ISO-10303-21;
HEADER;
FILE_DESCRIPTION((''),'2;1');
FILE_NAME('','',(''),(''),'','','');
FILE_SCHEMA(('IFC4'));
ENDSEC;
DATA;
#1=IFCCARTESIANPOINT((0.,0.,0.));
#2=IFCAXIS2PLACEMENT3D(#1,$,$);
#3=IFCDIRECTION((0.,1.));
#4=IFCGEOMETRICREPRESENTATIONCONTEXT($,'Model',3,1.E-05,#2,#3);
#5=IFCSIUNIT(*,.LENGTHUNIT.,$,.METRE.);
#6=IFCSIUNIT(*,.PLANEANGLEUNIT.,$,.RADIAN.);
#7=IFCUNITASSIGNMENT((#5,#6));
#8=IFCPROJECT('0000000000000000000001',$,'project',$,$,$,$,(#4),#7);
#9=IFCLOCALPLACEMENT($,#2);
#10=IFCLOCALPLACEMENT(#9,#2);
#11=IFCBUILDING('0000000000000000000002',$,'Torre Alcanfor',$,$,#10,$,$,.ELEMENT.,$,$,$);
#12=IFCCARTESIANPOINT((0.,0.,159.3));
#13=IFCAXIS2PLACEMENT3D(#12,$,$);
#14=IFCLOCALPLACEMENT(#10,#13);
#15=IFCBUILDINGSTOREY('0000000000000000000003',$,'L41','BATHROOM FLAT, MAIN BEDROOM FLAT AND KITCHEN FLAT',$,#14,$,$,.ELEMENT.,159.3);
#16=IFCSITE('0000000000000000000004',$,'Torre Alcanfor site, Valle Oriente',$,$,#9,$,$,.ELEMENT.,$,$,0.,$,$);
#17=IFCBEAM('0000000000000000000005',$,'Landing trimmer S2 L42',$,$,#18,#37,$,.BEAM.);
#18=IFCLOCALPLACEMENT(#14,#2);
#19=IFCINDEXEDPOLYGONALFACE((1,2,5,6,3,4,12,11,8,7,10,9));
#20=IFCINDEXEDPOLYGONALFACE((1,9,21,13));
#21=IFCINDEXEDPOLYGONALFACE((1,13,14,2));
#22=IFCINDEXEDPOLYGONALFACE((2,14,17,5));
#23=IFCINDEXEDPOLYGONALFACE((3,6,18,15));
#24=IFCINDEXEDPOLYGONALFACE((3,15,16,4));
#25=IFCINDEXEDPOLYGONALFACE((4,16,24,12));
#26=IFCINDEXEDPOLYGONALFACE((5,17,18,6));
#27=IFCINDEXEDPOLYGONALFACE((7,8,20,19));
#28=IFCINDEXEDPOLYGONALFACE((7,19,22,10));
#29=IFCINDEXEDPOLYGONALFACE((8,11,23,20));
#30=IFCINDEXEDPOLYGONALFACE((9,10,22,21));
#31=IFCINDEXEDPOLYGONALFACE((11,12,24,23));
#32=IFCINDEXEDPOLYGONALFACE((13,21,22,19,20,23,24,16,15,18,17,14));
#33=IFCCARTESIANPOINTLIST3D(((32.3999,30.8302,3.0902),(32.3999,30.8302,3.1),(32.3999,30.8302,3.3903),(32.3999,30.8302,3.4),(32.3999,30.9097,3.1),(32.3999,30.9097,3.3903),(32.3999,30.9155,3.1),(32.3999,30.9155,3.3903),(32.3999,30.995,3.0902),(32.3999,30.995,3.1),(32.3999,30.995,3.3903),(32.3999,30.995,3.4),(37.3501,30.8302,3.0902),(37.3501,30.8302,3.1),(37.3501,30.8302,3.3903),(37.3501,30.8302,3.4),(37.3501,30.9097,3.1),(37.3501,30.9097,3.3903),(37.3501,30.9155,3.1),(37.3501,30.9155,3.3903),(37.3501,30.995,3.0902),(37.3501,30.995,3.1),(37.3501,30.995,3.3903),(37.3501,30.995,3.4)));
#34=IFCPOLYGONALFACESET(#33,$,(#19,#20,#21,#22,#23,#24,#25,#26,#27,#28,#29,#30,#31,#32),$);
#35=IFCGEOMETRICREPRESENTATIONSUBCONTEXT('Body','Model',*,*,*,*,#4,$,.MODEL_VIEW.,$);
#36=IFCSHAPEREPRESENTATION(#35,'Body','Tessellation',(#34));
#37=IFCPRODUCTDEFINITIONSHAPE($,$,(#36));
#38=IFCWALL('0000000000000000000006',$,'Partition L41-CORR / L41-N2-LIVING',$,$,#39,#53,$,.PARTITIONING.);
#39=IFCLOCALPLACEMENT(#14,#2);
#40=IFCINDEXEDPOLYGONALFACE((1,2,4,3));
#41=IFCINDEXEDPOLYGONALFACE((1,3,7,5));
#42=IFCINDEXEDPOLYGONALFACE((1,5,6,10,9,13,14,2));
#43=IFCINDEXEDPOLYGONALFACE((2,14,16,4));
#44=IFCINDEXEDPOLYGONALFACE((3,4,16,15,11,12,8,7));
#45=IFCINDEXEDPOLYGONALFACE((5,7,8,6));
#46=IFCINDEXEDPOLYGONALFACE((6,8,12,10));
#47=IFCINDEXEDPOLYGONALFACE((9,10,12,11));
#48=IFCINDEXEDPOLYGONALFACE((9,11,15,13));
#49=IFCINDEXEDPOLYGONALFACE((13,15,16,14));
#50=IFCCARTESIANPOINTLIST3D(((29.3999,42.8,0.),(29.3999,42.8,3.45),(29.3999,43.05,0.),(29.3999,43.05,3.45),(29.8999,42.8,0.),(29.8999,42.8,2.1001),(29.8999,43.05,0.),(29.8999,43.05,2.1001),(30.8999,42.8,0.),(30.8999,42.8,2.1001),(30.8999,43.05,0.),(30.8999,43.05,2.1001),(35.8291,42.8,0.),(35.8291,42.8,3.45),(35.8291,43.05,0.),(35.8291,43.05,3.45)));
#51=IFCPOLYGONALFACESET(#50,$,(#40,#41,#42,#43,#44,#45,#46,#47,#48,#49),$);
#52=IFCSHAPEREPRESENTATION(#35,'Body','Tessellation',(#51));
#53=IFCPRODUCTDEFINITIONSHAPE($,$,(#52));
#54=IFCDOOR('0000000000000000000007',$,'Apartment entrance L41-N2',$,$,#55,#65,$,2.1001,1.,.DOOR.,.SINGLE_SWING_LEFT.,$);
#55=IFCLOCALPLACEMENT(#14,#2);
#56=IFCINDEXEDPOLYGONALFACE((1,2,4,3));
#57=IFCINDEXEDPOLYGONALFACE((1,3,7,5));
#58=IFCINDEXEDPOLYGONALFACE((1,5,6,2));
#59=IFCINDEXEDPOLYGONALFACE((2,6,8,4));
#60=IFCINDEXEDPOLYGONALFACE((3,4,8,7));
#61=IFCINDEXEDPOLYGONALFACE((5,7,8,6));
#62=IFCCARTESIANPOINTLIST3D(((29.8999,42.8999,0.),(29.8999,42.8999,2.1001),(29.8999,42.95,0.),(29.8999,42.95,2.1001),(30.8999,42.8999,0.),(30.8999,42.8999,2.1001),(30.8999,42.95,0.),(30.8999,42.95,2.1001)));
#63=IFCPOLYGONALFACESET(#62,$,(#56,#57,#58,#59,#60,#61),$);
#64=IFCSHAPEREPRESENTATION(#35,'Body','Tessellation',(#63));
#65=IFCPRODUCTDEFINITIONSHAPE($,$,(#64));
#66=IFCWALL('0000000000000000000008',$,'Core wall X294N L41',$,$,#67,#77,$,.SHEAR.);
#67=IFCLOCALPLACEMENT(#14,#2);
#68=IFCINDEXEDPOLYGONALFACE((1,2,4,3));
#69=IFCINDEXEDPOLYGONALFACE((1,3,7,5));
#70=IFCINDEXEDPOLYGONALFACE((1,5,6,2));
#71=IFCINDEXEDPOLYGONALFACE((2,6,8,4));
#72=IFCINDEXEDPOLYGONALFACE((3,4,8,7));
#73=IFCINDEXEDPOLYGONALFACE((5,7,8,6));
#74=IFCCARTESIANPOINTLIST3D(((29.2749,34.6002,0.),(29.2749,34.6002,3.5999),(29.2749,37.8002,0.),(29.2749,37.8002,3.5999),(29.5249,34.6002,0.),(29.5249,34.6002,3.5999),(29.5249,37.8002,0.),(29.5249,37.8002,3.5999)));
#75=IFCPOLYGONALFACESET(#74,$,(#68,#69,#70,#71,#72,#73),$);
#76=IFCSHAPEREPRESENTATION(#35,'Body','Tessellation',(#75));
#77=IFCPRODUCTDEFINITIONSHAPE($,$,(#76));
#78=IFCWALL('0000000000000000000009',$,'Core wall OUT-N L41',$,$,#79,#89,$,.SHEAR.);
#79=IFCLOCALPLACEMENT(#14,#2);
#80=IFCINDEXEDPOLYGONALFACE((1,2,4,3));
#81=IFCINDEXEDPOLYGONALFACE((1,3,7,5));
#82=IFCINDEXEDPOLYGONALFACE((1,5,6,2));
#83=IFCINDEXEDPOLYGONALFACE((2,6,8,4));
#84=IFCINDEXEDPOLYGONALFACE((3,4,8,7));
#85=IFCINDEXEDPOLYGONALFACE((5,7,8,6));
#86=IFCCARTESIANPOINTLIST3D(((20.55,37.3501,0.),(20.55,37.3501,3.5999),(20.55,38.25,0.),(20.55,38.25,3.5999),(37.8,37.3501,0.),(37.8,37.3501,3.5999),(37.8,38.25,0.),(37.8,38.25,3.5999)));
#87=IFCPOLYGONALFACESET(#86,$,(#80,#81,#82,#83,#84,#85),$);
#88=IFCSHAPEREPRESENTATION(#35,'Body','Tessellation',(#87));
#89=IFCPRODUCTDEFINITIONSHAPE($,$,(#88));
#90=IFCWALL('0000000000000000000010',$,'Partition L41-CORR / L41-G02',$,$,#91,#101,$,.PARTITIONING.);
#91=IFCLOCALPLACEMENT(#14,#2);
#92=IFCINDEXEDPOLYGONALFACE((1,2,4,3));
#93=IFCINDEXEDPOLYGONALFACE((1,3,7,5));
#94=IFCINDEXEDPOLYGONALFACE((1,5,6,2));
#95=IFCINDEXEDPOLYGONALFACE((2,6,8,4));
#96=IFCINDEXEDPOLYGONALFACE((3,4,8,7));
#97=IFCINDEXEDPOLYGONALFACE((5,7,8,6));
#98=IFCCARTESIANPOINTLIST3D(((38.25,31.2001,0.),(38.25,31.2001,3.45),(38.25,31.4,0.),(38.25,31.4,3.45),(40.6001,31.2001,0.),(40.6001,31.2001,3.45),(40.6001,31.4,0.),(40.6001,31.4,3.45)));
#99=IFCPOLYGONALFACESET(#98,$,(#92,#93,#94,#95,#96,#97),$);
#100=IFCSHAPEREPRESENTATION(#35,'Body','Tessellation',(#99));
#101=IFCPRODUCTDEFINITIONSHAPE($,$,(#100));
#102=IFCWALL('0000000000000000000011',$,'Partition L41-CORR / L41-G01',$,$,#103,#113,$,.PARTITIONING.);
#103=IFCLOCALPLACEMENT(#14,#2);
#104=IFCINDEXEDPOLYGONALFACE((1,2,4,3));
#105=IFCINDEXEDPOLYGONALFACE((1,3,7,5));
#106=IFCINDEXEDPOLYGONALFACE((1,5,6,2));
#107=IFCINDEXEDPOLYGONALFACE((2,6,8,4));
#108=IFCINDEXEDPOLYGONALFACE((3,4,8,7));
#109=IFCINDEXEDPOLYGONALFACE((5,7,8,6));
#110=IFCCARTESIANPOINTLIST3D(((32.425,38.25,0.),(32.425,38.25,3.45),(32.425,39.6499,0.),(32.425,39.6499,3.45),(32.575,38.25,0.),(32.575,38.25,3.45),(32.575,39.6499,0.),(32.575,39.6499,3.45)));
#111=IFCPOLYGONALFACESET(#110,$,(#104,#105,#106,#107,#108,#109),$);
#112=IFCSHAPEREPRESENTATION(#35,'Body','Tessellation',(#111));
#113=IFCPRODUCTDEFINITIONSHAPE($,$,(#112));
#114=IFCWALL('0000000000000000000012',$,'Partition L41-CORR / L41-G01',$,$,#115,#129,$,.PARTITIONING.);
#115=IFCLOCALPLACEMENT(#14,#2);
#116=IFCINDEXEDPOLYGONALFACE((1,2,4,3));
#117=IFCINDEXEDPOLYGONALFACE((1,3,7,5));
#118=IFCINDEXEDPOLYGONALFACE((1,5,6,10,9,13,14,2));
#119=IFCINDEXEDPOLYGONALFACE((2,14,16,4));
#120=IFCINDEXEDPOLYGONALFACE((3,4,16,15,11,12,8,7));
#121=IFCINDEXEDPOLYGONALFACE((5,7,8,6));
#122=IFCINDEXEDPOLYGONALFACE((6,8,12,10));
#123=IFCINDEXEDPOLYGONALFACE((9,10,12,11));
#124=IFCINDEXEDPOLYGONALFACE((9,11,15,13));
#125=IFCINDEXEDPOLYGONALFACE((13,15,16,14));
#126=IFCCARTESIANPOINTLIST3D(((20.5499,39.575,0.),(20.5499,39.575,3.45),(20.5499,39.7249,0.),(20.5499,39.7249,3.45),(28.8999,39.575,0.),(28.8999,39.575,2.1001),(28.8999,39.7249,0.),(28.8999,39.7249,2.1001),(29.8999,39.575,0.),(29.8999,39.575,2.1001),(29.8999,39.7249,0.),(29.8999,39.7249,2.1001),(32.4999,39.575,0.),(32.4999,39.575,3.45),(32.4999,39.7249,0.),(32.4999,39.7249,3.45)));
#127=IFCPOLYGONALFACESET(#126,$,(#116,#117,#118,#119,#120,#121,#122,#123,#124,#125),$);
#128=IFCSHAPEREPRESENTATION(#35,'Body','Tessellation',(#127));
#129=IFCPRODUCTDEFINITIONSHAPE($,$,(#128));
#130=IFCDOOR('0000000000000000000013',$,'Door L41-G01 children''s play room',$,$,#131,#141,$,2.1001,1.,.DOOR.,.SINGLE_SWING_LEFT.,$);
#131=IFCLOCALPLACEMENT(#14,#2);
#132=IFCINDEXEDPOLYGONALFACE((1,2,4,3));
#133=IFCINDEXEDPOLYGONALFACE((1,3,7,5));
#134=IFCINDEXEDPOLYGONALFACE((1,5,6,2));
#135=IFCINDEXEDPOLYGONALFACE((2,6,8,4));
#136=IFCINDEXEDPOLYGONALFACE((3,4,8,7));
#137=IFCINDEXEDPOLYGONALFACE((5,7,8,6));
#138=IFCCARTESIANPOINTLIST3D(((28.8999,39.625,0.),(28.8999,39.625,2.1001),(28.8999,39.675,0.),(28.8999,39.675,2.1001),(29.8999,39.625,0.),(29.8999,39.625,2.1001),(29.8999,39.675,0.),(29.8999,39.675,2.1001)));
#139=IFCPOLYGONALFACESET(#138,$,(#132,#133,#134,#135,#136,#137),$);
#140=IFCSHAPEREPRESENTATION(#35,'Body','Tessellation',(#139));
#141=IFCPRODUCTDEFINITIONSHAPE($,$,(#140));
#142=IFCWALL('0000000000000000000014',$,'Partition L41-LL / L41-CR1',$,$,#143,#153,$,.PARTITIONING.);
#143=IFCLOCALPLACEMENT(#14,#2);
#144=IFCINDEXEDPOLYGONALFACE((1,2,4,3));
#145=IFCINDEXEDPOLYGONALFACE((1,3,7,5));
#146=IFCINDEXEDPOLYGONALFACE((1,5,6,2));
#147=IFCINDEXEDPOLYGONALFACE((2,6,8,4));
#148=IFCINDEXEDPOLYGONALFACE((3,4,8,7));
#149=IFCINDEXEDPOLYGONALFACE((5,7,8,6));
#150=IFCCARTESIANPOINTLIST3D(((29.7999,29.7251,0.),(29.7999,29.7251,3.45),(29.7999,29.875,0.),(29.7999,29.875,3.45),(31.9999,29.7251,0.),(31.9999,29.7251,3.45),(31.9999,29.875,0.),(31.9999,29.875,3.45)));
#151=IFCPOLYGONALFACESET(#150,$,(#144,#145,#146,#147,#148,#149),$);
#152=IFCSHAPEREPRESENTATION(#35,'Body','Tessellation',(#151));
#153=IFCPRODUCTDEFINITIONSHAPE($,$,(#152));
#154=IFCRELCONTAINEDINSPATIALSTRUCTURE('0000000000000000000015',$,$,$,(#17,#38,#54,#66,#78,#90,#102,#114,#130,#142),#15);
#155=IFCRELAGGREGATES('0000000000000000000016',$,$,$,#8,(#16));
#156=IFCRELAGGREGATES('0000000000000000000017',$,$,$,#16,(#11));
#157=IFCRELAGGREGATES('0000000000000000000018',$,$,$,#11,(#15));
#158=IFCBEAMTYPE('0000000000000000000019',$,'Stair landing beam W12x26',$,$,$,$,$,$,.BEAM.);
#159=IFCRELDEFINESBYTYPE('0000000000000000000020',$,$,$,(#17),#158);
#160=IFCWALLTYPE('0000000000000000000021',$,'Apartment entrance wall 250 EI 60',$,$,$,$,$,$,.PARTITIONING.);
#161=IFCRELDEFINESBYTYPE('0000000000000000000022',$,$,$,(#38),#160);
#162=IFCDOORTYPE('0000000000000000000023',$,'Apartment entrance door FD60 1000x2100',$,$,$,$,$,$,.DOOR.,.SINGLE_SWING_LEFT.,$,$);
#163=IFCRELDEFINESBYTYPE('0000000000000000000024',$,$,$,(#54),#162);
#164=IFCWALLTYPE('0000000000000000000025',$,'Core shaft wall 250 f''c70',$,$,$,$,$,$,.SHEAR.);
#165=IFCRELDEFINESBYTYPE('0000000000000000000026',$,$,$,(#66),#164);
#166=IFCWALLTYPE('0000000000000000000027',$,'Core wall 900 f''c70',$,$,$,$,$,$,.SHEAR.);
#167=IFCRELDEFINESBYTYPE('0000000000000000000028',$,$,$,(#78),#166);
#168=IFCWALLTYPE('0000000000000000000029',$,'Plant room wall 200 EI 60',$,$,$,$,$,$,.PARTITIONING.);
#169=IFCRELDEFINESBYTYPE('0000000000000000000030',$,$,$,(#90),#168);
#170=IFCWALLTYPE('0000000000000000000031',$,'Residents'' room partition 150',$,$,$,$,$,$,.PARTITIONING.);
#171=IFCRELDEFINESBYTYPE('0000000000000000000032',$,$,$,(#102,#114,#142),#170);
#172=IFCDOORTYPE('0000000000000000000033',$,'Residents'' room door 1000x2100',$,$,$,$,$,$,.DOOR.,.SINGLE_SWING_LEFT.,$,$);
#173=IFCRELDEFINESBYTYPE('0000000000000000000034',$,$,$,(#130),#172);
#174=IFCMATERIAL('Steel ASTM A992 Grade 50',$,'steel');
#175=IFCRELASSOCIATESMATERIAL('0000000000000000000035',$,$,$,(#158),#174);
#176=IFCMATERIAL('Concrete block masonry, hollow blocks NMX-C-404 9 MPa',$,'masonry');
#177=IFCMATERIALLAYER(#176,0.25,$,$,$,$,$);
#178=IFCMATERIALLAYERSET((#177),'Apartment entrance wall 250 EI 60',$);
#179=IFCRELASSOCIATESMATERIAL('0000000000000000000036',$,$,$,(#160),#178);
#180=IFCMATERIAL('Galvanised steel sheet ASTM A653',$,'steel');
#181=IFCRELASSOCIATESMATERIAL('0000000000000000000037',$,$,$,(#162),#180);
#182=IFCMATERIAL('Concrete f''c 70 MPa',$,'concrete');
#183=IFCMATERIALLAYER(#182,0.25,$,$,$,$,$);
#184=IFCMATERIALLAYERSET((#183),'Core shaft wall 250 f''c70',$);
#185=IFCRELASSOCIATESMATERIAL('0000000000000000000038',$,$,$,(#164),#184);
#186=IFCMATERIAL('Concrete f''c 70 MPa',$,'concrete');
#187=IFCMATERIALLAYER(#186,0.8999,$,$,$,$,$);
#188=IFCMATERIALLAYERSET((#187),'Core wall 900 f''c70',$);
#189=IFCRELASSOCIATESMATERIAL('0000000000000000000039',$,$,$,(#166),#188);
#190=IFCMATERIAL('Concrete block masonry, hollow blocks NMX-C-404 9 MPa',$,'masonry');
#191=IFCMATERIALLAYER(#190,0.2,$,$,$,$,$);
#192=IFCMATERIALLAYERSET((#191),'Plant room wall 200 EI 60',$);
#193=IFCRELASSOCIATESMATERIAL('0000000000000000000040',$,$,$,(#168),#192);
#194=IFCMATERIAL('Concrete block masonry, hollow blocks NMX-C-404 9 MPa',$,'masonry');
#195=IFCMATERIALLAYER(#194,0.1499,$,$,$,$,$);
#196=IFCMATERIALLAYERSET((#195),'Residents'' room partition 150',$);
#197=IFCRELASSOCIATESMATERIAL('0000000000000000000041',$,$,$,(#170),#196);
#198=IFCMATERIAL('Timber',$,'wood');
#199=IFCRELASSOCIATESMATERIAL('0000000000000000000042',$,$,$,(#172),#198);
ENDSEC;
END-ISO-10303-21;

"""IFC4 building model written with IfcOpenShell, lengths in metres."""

from ifc_helpers import new_model, si_unit, direction, frame, frame_2d, origin, origin_2d, place, context, subcontext, project, spatial, rectangle, i_section, extrude, material, layer, layer_set, material_profile, profile_set, type_object, element, fill, save


model = new_model("IFC4")

# Units and contexts
model_context = context("Model", 3, precision=1e-05, world=origin(), true_north=direction((0.0, 1.0)))
body_context = subcontext(model_context, "Body", "Model", "MODEL_VIEW")
ifc_project = project(units=[si_unit("LENGTHUNIT", "METRE"), si_unit("PLANEANGLEUNIT", "RADIAN")], contexts=[model_context])

# Site, building, storey
site_placement = place(None, origin())
site = spatial("IfcSite", under=ifc_project, at=site_placement, Name="Torre Alcanfor site, Valle Oriente", CompositionType="ELEMENT", RefElevation=0.0)
building_placement = place(site_placement, origin())
building = spatial("IfcBuilding", under=site, at=building_placement, Name="Torre Alcanfor", CompositionType="ELEMENT")
storey_placement = place(building_placement, frame((0.0, 0.0, 159.3)))
storey = spatial("IfcBuildingStorey", under=building, at=storey_placement, Name="L41", Description="BATHROOM FLAT, MAIN BEDROOM FLAT AND KITCHEN FLAT", CompositionType="ELEMENT", Elevation=159.3)

# Beam
ifc_material_1 = material(Name="Steel ASTM A992 Grade 50", Category="steel")
ifc_material_profile_1 = material_profile(ifc_material_1, i_section(OverallWidth=0.1648, OverallDepth=0.3098, WebThickness=0.0059, FlangeThickness=0.0098, at=origin_2d()), Name="W12x26")
ifc_profile_set_1 = profile_set([ifc_material_profile_1], Name="Steel ASTM A992 Grade 50")
beam_type_1 = type_object("IfcBeamType", Name="Stair landing beam W12x26", PredefinedType="BEAM", material=ifc_profile_set_1)
beam_1_placement = place(storey_placement, frame((32.3999, 30.9126, 3.2451), z_axis=(1.0, 0.0, 0.0), x_axis=(0.0, 1.0, 0.0)))
element("IfcBeam", 1, at=beam_1_placement, inside=storey, type_object=beam_type_1, Name="Landing trimmer S2 L42", PredefinedType="BEAM", context=body_context, shape_type="SweptSolid", body=[
    extrude(i_section(OverallWidth=0.1648, OverallDepth=0.3098, WebThickness=0.0059, FlangeThickness=0.0098, at=origin_2d()), origin(), (0.0, 0.0, 1.0), 4.9502),
])

# Wall, opening, door
ifc_material_2 = material(Name="Concrete block masonry, hollow blocks NMX-C-404 9 MPa", Category="masonry")
ifc_layer_1 = layer(ifc_material_2, 0.25)
ifc_layer_set_1 = layer_set([ifc_layer_1], Name="Apartment entrance wall 250 EI 60")
wall_type_1 = type_object("IfcWallType", Name="Apartment entrance wall 250 EI 60", PredefinedType="PARTITIONING", material=ifc_layer_set_1)
wall_1_placement = place(storey_placement, frame((29.3999, 42.925, 0.0), z_axis=(0.0, 0.0, 1.0), x_axis=(1.0, 0.0, 0.0)))
wall_1 = element("IfcWall", 2, at=wall_1_placement, inside=storey, type_object=wall_type_1, Name="Partition L41-CORR / L41-N2-LIVING", PredefinedType="PARTITIONING", context=body_context, shape_type="SweptSolid", body=[
    extrude(rectangle(XDim=6.4292, YDim=0.25, at=frame_2d((3.2146, 0.0))), origin(), (0.0, 0.0, 1.0), 3.45),
])
opening_1_placement = place(wall_1_placement, frame((0.5, 0.0, 0.0)))
opening_1 = element("IfcOpeningElement", 3, at=opening_1_placement, cuts=wall_1, PredefinedType="OPENING", context=body_context, shape_type="SweptSolid", body=[
    extrude(rectangle(XDim=1.0, YDim=2.1001, at=frame_2d((0.5, 1.05))), frame((0.0, 0.135, 0.0), z_axis=(0.0, -1.0, 0.0), x_axis=(1.0, 0.0, 0.0)), (0.0, 0.0, 1.0), 0.27),
])
ifc_material_3 = material(Name="Galvanised steel sheet ASTM A653", Category="steel")
door_type_1 = type_object("IfcDoorType", Name="Apartment entrance door FD60 1000x2100", OperationType="SINGLE_SWING_LEFT", PredefinedType="DOOR", material=ifc_material_3)
door_1_placement = place(opening_1_placement, origin())
door_1 = element("IfcDoor", 4, at=door_1_placement, inside=storey, type_object=door_type_1, Name="Apartment entrance L41-N2", OperationType="SINGLE_SWING_LEFT", OverallHeight=2.1001, OverallWidth=1.0, PredefinedType="DOOR", context=body_context, shape_type="SweptSolid", body=[
    extrude(rectangle(XDim=1.0, YDim=2.1001, at=frame_2d((0.5, 1.05))), frame((0.0, 0.0249, 0.0), z_axis=(0.0, -1.0, 0.0), x_axis=(1.0, 0.0, 0.0)), (0.0, 0.0, 1.0), 0.05),
])
fill(opening_1, door_1)

# Walls
ifc_material_4 = material(Name="Concrete f'c 70 MPa", Category="concrete")
ifc_layer_2 = layer(ifc_material_4, 0.25)
ifc_layer_set_2 = layer_set([ifc_layer_2], Name="Core shaft wall 250 f'c70")
wall_type_2 = type_object("IfcWallType", Name="Core shaft wall 250 f'c70", PredefinedType="SHEAR", material=ifc_layer_set_2)
wall_2_placement = place(storey_placement, frame((29.3999, 34.6001, 0.0), z_axis=(0.0, 0.0, 1.0), x_axis=(0.0, 1.0, 0.0)))
element("IfcWall", 5, at=wall_2_placement, inside=storey, type_object=wall_type_2, Name="Core wall X294N L41", PredefinedType="SHEAR", context=body_context, shape_type="SweptSolid", body=[
    extrude(rectangle(XDim=3.2, YDim=0.25, at=frame_2d((1.6001, 0.0))), origin(), (0.0, 0.0, 1.0), 3.5999),
])
ifc_material_5 = material(Name="Concrete f'c 70 MPa", Category="concrete")
ifc_layer_3 = layer(ifc_material_5, 0.8999)
ifc_layer_set_3 = layer_set([ifc_layer_3], Name="Core wall 900 f'c70")
wall_type_3 = type_object("IfcWallType", Name="Core wall 900 f'c70", PredefinedType="SHEAR", material=ifc_layer_set_3)
wall_3_placement = place(storey_placement, frame((37.8, 37.8, 0.0), z_axis=(0.0, 0.0, 1.0), x_axis=(-1.0, 0.0, 0.0)))
element("IfcWall", 6, at=wall_3_placement, inside=storey, type_object=wall_type_3, Name="Core wall OUT-N L41", PredefinedType="SHEAR", context=body_context, shape_type="SweptSolid", body=[
    extrude(rectangle(XDim=17.25, YDim=0.8999, at=frame_2d((8.625, 0.0))), origin(), (0.0, 0.0, 1.0), 3.5999),
])
ifc_material_6 = material(Name="Concrete block masonry, hollow blocks NMX-C-404 9 MPa", Category="masonry")
ifc_layer_4 = layer(ifc_material_6, 0.2)
ifc_layer_set_4 = layer_set([ifc_layer_4], Name="Plant room wall 200 EI 60")
wall_type_4 = type_object("IfcWallType", Name="Plant room wall 200 EI 60", PredefinedType="PARTITIONING", material=ifc_layer_set_4)
wall_4_placement = place(storey_placement, frame((40.6001, 31.3, 0.0), z_axis=(0.0, 0.0, 1.0), x_axis=(-1.0, 0.0, 0.0)))
element("IfcWall", 7, at=wall_4_placement, inside=storey, type_object=wall_type_4, Name="Partition L41-CORR / L41-G02", PredefinedType="PARTITIONING", context=body_context, shape_type="SweptSolid", body=[
    extrude(rectangle(XDim=2.3501, YDim=0.2, at=frame_2d((1.175, 0.0))), origin(), (0.0, 0.0, 1.0), 3.45),
])
ifc_material_7 = material(Name="Concrete block masonry, hollow blocks NMX-C-404 9 MPa", Category="masonry")
ifc_layer_5 = layer(ifc_material_7, 0.1499)
ifc_layer_set_5 = layer_set([ifc_layer_5], Name="Residents' room partition 150")
wall_type_5 = type_object("IfcWallType", Name="Residents' room partition 150", PredefinedType="PARTITIONING", material=ifc_layer_set_5)
wall_5_placement = place(storey_placement, frame((32.5, 38.25, 0.0), z_axis=(0.0, 0.0, 1.0), x_axis=(0.0, 1.0, 0.0)))
element("IfcWall", 8, at=wall_5_placement, inside=storey, type_object=wall_type_5, Name="Partition L41-CORR / L41-G01", PredefinedType="PARTITIONING", context=body_context, shape_type="SweptSolid", body=[
    extrude(rectangle(XDim=1.3999, YDim=0.1499, at=frame_2d((0.7, 0.0))), origin(), (0.0, 0.0, 1.0), 3.45),
])

# Wall, opening, door
wall_6_placement = place(storey_placement, frame((32.5, 39.6499, 0.0), z_axis=(0.0, 0.0, 1.0), x_axis=(-1.0, 0.0, 0.0)))
wall_6 = element("IfcWall", 9, at=wall_6_placement, inside=storey, type_object=wall_type_5, Name="Partition L41-CORR / L41-G01", PredefinedType="PARTITIONING", context=body_context, shape_type="SweptSolid", body=[
    extrude(rectangle(XDim=11.95, YDim=0.1499, at=frame_2d((5.9751, 0.0))), origin(), (0.0, 0.0, 1.0), 3.45),
])
opening_2_placement = place(wall_6_placement, frame((2.6001, 0.0, 0.0)))
opening_2 = element("IfcOpeningElement", 10, at=opening_2_placement, cuts=wall_6, PredefinedType="OPENING", context=body_context, shape_type="SweptSolid", body=[
    extrude(rectangle(XDim=1.0, YDim=2.1001, at=frame_2d((0.5, 1.05))), frame((0.0, 0.085, 0.0), z_axis=(0.0, -1.0, 0.0), x_axis=(1.0, 0.0, 0.0)), (0.0, 0.0, 1.0), 0.1699),
])
ifc_material_8 = material(Name="Timber", Category="wood")
door_type_2 = type_object("IfcDoorType", Name="Residents' room door 1000x2100", OperationType="SINGLE_SWING_LEFT", PredefinedType="DOOR", material=ifc_material_8)
door_2_placement = place(opening_2_placement, origin())
door_2 = element("IfcDoor", 11, at=door_2_placement, inside=storey, type_object=door_type_2, Name="Door L41-G01 children's play room", OperationType="SINGLE_SWING_LEFT", OverallHeight=2.1001, OverallWidth=1.0, PredefinedType="DOOR", context=body_context, shape_type="SweptSolid", body=[
    extrude(rectangle(XDim=1.0, YDim=2.1001, at=frame_2d((0.5, 1.05))), frame((0.0, 0.0249, 0.0), z_axis=(0.0, -1.0, 0.0), x_axis=(1.0, 0.0, 0.0)), (0.0, 0.0, 1.0), 0.05),
])
fill(opening_2, door_2)

# Wall
wall_7_placement = place(storey_placement, frame((32.0, 29.8, 0.0), z_axis=(0.0, 0.0, 1.0), x_axis=(-1.0, 0.0, 0.0)))
element("IfcWall", 12, at=wall_7_placement, inside=storey, type_object=wall_type_5, Name="Partition L41-LL / L41-CR1", PredefinedType="PARTITIONING", context=body_context, shape_type="SweptSolid", body=[
    extrude(rectangle(XDim=2.2, YDim=0.1499, at=frame_2d((1.1001, 0.0))), origin(), (0.0, 0.0, 1.0), 3.45),
])

save(model, "model.ifc")
